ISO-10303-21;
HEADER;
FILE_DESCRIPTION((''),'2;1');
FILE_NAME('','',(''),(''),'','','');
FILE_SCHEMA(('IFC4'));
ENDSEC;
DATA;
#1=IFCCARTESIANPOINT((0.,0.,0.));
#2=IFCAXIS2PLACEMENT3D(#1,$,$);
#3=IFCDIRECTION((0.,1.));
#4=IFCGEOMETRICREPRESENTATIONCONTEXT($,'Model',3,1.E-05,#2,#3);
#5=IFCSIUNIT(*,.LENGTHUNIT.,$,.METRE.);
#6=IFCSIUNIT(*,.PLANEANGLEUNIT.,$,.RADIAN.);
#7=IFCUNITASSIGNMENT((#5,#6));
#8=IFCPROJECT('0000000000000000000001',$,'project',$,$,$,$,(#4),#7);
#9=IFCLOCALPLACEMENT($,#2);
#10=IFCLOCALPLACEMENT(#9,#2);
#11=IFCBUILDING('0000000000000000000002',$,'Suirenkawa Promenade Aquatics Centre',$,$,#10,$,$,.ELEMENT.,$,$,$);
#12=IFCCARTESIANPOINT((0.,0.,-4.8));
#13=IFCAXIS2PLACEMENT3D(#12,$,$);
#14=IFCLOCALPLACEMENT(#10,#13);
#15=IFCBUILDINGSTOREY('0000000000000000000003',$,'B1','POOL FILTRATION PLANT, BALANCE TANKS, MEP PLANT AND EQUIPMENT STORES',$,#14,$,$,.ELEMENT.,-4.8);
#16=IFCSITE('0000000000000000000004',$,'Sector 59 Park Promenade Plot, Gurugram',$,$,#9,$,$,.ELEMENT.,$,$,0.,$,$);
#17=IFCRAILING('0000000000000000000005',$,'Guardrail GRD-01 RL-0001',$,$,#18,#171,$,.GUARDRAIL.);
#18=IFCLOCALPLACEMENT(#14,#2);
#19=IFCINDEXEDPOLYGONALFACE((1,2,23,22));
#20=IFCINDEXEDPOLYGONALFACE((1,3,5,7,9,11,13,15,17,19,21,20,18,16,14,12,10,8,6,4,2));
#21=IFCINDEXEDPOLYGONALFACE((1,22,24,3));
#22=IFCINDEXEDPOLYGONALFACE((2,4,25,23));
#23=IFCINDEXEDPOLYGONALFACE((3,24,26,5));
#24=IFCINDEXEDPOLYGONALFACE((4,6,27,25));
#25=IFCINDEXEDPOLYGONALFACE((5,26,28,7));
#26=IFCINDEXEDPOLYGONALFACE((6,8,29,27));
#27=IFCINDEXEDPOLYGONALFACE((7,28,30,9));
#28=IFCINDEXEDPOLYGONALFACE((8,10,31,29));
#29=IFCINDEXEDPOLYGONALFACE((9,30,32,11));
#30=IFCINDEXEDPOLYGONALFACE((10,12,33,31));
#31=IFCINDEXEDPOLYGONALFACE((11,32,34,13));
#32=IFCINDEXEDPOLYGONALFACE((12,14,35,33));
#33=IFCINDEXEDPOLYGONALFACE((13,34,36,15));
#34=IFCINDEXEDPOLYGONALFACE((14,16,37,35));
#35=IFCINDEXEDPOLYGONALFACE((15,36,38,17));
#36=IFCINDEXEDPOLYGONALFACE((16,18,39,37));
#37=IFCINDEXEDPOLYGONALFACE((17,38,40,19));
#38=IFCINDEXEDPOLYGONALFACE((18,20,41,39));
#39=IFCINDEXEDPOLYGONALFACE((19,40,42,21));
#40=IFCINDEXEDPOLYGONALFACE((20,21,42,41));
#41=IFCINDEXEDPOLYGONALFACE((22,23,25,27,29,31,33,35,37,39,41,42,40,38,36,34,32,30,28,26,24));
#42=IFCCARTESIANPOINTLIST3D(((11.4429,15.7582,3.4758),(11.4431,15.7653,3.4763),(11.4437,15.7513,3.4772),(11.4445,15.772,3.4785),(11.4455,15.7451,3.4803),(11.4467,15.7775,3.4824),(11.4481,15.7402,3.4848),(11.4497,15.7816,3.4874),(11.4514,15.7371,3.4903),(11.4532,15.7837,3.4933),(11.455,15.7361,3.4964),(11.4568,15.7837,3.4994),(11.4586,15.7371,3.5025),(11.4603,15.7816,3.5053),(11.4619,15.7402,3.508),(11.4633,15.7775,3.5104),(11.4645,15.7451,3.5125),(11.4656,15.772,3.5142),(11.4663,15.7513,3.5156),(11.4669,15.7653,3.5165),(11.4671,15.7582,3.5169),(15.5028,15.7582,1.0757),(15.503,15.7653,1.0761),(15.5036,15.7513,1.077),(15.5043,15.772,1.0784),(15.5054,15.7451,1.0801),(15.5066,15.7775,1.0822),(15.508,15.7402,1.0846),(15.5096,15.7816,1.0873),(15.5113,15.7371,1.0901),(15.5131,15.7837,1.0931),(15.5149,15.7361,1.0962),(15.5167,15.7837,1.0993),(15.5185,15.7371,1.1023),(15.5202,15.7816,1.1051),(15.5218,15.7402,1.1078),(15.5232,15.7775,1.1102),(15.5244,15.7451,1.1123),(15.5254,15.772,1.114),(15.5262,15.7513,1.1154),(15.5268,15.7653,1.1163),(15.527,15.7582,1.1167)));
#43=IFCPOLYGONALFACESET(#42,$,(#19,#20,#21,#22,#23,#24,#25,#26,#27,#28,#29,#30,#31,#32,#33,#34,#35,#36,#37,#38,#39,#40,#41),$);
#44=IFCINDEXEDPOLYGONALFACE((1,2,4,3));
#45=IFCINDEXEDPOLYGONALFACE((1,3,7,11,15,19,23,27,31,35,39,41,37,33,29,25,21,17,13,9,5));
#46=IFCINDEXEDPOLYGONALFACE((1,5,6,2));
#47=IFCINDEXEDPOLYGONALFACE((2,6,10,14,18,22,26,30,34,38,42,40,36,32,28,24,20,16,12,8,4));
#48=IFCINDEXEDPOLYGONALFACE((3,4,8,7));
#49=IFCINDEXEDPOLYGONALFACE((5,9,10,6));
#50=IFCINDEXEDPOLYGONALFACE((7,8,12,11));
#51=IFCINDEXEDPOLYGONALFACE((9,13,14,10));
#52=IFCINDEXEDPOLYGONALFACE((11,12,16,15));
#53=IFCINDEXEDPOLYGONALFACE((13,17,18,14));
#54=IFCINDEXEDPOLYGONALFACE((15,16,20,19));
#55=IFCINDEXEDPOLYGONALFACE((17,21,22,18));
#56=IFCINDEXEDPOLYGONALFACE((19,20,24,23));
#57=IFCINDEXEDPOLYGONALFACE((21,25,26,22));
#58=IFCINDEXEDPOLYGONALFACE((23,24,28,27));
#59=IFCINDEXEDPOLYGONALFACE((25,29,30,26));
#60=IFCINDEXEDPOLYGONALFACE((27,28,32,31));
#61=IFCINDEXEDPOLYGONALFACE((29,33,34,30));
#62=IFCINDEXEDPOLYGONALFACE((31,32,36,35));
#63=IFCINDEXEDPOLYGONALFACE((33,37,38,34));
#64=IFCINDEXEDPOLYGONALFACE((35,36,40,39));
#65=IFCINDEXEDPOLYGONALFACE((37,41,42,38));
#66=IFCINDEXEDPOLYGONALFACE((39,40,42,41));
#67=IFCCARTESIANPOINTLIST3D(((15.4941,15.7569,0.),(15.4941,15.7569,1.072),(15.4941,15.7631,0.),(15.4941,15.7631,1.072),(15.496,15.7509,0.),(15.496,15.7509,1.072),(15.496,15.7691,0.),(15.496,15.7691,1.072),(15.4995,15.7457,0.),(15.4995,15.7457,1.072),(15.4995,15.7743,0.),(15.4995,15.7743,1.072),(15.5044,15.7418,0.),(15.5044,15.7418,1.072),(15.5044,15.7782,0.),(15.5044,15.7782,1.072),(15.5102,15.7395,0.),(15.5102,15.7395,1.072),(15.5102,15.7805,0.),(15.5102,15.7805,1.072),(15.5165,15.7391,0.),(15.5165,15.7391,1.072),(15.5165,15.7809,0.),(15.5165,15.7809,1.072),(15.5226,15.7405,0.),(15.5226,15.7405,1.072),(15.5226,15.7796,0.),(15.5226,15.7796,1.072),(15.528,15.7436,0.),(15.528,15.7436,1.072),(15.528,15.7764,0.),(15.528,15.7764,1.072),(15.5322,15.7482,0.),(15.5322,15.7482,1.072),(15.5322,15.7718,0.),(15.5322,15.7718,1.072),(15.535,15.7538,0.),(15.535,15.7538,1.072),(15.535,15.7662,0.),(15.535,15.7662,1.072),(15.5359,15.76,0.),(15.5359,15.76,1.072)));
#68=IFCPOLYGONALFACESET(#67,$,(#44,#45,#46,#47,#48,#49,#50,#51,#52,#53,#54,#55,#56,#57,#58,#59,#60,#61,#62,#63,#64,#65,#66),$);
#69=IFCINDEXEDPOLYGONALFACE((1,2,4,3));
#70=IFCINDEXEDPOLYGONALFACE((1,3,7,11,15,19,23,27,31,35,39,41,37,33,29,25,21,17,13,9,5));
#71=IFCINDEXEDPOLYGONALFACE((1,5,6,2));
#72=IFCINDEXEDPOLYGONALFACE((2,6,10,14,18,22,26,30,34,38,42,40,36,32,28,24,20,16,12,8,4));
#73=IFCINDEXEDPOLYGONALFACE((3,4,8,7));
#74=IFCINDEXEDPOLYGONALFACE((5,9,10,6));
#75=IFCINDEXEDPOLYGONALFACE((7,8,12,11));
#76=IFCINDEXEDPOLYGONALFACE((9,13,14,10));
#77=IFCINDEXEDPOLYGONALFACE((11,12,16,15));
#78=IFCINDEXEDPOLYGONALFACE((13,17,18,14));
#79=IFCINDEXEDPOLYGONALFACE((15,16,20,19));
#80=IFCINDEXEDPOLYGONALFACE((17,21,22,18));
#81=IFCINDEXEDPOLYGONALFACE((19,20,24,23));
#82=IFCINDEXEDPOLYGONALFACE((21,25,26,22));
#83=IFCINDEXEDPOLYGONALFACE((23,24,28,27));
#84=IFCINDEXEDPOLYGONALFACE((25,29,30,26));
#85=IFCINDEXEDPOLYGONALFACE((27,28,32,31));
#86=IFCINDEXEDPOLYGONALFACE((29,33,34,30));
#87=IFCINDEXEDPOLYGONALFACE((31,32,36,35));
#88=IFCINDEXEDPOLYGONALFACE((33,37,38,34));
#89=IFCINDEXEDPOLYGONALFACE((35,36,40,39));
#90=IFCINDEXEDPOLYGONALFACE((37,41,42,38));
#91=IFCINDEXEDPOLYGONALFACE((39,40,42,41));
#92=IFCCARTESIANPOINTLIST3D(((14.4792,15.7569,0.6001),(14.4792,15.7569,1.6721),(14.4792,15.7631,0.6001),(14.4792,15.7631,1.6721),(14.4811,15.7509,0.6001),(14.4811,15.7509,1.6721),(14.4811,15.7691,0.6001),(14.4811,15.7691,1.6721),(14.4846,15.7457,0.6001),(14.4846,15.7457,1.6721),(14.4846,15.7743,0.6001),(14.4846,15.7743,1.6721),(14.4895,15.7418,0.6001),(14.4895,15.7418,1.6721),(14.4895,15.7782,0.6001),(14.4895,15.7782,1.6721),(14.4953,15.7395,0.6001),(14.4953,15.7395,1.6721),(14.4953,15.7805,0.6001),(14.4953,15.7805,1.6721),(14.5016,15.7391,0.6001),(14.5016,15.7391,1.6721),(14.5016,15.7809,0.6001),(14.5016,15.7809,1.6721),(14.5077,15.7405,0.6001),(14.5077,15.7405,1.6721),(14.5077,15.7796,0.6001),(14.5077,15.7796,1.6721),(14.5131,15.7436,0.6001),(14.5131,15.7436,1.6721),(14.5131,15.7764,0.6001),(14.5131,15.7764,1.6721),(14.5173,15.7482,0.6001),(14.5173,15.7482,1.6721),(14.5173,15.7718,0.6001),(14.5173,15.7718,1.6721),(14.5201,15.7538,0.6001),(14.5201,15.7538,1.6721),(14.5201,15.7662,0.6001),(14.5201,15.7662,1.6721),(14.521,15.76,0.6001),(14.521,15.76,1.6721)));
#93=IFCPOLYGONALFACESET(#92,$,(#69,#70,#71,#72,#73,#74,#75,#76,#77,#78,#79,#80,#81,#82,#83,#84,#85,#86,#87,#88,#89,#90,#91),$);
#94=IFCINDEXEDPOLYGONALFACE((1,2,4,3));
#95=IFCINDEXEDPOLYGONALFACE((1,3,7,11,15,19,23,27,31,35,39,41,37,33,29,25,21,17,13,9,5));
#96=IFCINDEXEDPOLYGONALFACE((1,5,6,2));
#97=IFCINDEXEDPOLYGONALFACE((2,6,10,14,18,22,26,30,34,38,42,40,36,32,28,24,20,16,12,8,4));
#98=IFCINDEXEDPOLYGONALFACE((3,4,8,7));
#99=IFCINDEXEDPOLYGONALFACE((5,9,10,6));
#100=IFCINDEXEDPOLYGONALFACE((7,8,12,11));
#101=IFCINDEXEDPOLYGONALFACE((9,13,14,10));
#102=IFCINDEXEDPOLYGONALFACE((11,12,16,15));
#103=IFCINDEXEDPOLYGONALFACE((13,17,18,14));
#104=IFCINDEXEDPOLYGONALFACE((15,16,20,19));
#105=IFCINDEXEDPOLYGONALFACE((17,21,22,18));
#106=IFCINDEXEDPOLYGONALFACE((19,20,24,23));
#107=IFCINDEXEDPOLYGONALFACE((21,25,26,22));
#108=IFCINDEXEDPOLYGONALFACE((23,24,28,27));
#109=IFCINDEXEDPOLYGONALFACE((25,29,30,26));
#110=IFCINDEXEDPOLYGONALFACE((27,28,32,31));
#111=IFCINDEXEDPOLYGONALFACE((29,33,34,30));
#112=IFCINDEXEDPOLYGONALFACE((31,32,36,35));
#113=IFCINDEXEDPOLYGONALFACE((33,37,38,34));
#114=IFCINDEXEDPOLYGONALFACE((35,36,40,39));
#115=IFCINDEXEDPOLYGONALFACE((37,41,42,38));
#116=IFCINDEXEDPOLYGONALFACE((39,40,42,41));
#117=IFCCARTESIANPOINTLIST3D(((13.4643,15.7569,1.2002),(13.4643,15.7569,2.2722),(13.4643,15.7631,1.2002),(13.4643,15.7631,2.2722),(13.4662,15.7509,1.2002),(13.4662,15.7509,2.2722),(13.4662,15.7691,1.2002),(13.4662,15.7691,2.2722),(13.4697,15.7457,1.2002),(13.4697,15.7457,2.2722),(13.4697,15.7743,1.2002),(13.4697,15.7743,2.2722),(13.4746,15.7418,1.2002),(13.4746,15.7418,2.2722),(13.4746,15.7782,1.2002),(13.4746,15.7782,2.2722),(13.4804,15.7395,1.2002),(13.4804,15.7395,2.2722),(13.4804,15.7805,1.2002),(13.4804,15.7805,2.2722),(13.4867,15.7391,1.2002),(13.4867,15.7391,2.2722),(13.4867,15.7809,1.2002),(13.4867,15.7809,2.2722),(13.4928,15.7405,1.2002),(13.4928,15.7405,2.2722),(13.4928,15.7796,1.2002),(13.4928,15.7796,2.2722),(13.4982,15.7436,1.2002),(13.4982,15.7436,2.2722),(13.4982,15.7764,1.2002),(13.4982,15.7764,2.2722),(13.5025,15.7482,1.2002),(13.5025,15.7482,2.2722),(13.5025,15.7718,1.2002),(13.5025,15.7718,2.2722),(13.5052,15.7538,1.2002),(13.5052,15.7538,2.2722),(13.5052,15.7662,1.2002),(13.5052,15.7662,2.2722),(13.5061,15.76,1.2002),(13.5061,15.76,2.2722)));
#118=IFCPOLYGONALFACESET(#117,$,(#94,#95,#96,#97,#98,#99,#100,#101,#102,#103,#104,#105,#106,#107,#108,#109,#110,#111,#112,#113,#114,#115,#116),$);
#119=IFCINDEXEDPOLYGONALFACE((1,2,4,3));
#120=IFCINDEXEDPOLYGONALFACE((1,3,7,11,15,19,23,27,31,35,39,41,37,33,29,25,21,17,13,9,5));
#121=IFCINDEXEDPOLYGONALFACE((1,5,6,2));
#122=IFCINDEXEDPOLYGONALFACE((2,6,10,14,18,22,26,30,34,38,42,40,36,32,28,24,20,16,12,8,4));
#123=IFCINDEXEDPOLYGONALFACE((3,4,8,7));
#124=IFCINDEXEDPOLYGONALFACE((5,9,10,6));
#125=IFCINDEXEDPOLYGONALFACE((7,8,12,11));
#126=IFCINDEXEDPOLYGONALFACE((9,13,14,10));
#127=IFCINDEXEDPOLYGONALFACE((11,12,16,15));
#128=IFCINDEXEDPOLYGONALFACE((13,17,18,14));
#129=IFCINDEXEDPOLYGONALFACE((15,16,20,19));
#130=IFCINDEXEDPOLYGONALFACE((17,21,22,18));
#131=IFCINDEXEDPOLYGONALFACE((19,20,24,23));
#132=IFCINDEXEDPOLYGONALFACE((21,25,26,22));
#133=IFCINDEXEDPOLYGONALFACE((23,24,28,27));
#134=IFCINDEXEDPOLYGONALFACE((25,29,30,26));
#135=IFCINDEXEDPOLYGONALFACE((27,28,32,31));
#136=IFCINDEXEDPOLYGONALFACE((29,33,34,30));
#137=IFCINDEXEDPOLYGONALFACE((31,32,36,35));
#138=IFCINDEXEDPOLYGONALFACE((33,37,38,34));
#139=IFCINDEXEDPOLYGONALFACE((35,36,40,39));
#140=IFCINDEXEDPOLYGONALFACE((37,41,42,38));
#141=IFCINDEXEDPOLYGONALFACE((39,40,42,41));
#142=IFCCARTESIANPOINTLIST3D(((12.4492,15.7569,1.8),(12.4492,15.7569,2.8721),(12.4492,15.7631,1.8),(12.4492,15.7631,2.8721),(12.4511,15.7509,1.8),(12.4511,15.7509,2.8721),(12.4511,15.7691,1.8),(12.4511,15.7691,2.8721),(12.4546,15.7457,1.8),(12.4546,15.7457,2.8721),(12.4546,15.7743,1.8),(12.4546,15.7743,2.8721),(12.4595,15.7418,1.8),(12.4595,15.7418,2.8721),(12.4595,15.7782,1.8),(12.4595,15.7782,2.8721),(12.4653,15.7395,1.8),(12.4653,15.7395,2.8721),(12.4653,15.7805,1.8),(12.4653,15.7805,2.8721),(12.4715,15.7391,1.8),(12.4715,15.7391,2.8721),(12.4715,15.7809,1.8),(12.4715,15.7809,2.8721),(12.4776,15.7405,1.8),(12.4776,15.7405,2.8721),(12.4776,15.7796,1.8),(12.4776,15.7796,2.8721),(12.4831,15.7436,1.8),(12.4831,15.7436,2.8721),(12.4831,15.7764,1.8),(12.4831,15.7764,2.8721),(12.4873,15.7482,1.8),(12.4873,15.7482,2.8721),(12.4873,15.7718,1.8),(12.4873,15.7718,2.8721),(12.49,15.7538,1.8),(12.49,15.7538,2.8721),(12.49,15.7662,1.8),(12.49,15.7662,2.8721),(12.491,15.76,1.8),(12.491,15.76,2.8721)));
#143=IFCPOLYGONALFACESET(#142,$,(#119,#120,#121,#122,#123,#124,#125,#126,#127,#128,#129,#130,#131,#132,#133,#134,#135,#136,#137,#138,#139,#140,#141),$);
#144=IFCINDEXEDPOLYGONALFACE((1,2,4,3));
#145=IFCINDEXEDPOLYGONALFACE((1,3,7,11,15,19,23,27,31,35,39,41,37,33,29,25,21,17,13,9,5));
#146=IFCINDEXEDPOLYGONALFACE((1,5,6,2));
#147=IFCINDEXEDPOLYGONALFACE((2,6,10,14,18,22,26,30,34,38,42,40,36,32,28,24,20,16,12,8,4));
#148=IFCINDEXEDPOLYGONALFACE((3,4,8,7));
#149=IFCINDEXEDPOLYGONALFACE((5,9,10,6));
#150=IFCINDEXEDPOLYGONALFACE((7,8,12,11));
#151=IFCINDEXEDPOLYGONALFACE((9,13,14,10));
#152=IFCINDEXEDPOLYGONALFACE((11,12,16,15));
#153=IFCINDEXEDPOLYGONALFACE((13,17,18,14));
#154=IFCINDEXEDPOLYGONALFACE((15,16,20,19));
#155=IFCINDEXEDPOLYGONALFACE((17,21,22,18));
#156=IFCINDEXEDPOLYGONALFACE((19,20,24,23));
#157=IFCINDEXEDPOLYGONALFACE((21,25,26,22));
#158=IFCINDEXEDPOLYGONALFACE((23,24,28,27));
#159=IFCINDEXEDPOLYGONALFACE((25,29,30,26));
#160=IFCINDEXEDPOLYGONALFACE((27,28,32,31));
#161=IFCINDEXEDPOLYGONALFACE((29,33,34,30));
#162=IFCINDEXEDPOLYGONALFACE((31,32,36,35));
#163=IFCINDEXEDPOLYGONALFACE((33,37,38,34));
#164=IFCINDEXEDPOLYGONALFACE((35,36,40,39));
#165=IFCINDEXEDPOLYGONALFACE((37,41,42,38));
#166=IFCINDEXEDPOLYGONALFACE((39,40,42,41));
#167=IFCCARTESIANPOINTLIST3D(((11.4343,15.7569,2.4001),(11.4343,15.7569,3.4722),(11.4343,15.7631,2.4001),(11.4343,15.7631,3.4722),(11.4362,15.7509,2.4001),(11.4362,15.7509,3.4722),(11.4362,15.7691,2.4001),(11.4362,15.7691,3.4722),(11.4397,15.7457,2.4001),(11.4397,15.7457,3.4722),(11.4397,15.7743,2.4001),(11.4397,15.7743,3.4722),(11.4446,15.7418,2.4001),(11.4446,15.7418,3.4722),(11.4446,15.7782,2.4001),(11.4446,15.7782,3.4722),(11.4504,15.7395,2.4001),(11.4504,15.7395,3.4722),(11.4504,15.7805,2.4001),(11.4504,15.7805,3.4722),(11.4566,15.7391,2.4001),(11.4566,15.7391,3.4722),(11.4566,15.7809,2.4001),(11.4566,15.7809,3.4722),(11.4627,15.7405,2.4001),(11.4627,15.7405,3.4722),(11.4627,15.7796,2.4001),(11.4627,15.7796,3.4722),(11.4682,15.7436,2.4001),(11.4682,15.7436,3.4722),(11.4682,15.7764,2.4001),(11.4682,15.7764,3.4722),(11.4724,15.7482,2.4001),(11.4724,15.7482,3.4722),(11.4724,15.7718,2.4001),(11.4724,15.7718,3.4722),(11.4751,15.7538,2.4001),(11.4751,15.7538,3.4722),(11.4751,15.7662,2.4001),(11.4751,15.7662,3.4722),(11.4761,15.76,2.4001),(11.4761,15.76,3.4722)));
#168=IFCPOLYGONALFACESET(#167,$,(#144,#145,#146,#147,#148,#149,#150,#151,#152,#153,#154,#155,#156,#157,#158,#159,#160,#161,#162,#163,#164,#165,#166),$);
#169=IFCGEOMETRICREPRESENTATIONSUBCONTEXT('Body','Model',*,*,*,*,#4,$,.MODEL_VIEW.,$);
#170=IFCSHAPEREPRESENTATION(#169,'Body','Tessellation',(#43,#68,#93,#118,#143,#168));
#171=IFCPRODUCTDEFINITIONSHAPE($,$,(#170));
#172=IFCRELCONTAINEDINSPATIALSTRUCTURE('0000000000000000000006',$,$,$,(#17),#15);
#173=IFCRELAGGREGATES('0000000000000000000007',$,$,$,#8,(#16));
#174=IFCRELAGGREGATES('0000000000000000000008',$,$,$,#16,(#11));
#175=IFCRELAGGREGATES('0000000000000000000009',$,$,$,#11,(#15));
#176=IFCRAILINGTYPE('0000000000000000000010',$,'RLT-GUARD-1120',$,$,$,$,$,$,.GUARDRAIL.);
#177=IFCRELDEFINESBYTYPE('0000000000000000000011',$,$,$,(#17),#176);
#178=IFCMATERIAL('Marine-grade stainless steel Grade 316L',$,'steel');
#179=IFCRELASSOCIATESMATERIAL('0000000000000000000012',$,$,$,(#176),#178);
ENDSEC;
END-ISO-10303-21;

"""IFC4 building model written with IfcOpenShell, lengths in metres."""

from ifc_helpers import new_model, si_unit, direction, frame, origin, origin_2d, place, context, subcontext, project, spatial, circle, extrude, material, type_object, element, save


model = new_model("IFC4")

# Units and contexts
model_context = context("Model", 3, precision=1e-05, world=origin(), true_north=direction((0.0, 1.0)))
body_context = subcontext(model_context, "Body", "Model", "MODEL_VIEW")
ifc_project = project(units=[si_unit("LENGTHUNIT", "METRE"), si_unit("PLANEANGLEUNIT", "RADIAN")], contexts=[model_context])

# Site, building, storey
site_placement = place(None, origin())
site = spatial("IfcSite", under=ifc_project, at=site_placement, Name="Sector 59 Park Promenade Plot, Gurugram", CompositionType="ELEMENT", RefElevation=0.0)
building_placement = place(site_placement, origin())
building = spatial("IfcBuilding", under=site, at=building_placement, Name="Suirenkawa Promenade Aquatics Centre", CompositionType="ELEMENT")
storey_placement = place(building_placement, frame((0.0, 0.0, -4.8)))
storey = spatial("IfcBuildingStorey", under=building, at=storey_placement, Name="B1", Description="POOL FILTRATION PLANT, BALANCE TANKS, MEP PLANT AND EQUIPMENT STORES", CompositionType="ELEMENT", Elevation=-4.8)

# Railing
ifc_material_1 = material(Name="Marine-grade stainless steel Grade 316L", Category="steel")
railing_type_1 = type_object("IfcRailingType", Name="RLT-GUARD-1120", PredefinedType="GUARDRAIL", material=ifc_material_1)
for number, where, name in (
    (1, (15.5149, 15.76, 0.0), "Guardrail GRD-01 RL-0001"),
):
    element("IfcRailing", number, at=place(storey_placement, frame(where)), inside=storey, type_object=railing_type_1, Name=name, PredefinedType="GUARDRAIL", context=body_context, shape_type="SweptSolid", body=[
        extrude(circle(Radius=0.0239, at=origin_2d()), frame((0.0, 0.0, 1.0962), z_axis=(-0.860818, 0.0, 0.508912), x_axis=(0.0, -1.0, 0.0)), (0.0, 0.0, 1.0), 4.7163),
        extrude(circle(Radius=0.021, at=origin_2d()), origin(), (0.0, 0.0, 1.0), 1.072),
        extrude(circle(Radius=0.021, at=origin_2d()), frame((-1.0149, 0.0, 0.6001)), (0.0, 0.0, 1.0), 1.072),
        extrude(circle(Radius=0.021, at=origin_2d()), frame((-2.0298, 0.0, 1.2002)), (0.0, 0.0, 1.0), 1.072),
        extrude(circle(Radius=0.021, at=origin_2d()), frame((-3.0449, 0.0, 1.8)), (0.0, 0.0, 1.0), 1.072),
        extrude(circle(Radius=0.021, at=origin_2d()), frame((-4.0598, 0.0, 2.4001)), (0.0, 0.0, 1.0), 1.072),
    ])

save(model, "model.ifc")
